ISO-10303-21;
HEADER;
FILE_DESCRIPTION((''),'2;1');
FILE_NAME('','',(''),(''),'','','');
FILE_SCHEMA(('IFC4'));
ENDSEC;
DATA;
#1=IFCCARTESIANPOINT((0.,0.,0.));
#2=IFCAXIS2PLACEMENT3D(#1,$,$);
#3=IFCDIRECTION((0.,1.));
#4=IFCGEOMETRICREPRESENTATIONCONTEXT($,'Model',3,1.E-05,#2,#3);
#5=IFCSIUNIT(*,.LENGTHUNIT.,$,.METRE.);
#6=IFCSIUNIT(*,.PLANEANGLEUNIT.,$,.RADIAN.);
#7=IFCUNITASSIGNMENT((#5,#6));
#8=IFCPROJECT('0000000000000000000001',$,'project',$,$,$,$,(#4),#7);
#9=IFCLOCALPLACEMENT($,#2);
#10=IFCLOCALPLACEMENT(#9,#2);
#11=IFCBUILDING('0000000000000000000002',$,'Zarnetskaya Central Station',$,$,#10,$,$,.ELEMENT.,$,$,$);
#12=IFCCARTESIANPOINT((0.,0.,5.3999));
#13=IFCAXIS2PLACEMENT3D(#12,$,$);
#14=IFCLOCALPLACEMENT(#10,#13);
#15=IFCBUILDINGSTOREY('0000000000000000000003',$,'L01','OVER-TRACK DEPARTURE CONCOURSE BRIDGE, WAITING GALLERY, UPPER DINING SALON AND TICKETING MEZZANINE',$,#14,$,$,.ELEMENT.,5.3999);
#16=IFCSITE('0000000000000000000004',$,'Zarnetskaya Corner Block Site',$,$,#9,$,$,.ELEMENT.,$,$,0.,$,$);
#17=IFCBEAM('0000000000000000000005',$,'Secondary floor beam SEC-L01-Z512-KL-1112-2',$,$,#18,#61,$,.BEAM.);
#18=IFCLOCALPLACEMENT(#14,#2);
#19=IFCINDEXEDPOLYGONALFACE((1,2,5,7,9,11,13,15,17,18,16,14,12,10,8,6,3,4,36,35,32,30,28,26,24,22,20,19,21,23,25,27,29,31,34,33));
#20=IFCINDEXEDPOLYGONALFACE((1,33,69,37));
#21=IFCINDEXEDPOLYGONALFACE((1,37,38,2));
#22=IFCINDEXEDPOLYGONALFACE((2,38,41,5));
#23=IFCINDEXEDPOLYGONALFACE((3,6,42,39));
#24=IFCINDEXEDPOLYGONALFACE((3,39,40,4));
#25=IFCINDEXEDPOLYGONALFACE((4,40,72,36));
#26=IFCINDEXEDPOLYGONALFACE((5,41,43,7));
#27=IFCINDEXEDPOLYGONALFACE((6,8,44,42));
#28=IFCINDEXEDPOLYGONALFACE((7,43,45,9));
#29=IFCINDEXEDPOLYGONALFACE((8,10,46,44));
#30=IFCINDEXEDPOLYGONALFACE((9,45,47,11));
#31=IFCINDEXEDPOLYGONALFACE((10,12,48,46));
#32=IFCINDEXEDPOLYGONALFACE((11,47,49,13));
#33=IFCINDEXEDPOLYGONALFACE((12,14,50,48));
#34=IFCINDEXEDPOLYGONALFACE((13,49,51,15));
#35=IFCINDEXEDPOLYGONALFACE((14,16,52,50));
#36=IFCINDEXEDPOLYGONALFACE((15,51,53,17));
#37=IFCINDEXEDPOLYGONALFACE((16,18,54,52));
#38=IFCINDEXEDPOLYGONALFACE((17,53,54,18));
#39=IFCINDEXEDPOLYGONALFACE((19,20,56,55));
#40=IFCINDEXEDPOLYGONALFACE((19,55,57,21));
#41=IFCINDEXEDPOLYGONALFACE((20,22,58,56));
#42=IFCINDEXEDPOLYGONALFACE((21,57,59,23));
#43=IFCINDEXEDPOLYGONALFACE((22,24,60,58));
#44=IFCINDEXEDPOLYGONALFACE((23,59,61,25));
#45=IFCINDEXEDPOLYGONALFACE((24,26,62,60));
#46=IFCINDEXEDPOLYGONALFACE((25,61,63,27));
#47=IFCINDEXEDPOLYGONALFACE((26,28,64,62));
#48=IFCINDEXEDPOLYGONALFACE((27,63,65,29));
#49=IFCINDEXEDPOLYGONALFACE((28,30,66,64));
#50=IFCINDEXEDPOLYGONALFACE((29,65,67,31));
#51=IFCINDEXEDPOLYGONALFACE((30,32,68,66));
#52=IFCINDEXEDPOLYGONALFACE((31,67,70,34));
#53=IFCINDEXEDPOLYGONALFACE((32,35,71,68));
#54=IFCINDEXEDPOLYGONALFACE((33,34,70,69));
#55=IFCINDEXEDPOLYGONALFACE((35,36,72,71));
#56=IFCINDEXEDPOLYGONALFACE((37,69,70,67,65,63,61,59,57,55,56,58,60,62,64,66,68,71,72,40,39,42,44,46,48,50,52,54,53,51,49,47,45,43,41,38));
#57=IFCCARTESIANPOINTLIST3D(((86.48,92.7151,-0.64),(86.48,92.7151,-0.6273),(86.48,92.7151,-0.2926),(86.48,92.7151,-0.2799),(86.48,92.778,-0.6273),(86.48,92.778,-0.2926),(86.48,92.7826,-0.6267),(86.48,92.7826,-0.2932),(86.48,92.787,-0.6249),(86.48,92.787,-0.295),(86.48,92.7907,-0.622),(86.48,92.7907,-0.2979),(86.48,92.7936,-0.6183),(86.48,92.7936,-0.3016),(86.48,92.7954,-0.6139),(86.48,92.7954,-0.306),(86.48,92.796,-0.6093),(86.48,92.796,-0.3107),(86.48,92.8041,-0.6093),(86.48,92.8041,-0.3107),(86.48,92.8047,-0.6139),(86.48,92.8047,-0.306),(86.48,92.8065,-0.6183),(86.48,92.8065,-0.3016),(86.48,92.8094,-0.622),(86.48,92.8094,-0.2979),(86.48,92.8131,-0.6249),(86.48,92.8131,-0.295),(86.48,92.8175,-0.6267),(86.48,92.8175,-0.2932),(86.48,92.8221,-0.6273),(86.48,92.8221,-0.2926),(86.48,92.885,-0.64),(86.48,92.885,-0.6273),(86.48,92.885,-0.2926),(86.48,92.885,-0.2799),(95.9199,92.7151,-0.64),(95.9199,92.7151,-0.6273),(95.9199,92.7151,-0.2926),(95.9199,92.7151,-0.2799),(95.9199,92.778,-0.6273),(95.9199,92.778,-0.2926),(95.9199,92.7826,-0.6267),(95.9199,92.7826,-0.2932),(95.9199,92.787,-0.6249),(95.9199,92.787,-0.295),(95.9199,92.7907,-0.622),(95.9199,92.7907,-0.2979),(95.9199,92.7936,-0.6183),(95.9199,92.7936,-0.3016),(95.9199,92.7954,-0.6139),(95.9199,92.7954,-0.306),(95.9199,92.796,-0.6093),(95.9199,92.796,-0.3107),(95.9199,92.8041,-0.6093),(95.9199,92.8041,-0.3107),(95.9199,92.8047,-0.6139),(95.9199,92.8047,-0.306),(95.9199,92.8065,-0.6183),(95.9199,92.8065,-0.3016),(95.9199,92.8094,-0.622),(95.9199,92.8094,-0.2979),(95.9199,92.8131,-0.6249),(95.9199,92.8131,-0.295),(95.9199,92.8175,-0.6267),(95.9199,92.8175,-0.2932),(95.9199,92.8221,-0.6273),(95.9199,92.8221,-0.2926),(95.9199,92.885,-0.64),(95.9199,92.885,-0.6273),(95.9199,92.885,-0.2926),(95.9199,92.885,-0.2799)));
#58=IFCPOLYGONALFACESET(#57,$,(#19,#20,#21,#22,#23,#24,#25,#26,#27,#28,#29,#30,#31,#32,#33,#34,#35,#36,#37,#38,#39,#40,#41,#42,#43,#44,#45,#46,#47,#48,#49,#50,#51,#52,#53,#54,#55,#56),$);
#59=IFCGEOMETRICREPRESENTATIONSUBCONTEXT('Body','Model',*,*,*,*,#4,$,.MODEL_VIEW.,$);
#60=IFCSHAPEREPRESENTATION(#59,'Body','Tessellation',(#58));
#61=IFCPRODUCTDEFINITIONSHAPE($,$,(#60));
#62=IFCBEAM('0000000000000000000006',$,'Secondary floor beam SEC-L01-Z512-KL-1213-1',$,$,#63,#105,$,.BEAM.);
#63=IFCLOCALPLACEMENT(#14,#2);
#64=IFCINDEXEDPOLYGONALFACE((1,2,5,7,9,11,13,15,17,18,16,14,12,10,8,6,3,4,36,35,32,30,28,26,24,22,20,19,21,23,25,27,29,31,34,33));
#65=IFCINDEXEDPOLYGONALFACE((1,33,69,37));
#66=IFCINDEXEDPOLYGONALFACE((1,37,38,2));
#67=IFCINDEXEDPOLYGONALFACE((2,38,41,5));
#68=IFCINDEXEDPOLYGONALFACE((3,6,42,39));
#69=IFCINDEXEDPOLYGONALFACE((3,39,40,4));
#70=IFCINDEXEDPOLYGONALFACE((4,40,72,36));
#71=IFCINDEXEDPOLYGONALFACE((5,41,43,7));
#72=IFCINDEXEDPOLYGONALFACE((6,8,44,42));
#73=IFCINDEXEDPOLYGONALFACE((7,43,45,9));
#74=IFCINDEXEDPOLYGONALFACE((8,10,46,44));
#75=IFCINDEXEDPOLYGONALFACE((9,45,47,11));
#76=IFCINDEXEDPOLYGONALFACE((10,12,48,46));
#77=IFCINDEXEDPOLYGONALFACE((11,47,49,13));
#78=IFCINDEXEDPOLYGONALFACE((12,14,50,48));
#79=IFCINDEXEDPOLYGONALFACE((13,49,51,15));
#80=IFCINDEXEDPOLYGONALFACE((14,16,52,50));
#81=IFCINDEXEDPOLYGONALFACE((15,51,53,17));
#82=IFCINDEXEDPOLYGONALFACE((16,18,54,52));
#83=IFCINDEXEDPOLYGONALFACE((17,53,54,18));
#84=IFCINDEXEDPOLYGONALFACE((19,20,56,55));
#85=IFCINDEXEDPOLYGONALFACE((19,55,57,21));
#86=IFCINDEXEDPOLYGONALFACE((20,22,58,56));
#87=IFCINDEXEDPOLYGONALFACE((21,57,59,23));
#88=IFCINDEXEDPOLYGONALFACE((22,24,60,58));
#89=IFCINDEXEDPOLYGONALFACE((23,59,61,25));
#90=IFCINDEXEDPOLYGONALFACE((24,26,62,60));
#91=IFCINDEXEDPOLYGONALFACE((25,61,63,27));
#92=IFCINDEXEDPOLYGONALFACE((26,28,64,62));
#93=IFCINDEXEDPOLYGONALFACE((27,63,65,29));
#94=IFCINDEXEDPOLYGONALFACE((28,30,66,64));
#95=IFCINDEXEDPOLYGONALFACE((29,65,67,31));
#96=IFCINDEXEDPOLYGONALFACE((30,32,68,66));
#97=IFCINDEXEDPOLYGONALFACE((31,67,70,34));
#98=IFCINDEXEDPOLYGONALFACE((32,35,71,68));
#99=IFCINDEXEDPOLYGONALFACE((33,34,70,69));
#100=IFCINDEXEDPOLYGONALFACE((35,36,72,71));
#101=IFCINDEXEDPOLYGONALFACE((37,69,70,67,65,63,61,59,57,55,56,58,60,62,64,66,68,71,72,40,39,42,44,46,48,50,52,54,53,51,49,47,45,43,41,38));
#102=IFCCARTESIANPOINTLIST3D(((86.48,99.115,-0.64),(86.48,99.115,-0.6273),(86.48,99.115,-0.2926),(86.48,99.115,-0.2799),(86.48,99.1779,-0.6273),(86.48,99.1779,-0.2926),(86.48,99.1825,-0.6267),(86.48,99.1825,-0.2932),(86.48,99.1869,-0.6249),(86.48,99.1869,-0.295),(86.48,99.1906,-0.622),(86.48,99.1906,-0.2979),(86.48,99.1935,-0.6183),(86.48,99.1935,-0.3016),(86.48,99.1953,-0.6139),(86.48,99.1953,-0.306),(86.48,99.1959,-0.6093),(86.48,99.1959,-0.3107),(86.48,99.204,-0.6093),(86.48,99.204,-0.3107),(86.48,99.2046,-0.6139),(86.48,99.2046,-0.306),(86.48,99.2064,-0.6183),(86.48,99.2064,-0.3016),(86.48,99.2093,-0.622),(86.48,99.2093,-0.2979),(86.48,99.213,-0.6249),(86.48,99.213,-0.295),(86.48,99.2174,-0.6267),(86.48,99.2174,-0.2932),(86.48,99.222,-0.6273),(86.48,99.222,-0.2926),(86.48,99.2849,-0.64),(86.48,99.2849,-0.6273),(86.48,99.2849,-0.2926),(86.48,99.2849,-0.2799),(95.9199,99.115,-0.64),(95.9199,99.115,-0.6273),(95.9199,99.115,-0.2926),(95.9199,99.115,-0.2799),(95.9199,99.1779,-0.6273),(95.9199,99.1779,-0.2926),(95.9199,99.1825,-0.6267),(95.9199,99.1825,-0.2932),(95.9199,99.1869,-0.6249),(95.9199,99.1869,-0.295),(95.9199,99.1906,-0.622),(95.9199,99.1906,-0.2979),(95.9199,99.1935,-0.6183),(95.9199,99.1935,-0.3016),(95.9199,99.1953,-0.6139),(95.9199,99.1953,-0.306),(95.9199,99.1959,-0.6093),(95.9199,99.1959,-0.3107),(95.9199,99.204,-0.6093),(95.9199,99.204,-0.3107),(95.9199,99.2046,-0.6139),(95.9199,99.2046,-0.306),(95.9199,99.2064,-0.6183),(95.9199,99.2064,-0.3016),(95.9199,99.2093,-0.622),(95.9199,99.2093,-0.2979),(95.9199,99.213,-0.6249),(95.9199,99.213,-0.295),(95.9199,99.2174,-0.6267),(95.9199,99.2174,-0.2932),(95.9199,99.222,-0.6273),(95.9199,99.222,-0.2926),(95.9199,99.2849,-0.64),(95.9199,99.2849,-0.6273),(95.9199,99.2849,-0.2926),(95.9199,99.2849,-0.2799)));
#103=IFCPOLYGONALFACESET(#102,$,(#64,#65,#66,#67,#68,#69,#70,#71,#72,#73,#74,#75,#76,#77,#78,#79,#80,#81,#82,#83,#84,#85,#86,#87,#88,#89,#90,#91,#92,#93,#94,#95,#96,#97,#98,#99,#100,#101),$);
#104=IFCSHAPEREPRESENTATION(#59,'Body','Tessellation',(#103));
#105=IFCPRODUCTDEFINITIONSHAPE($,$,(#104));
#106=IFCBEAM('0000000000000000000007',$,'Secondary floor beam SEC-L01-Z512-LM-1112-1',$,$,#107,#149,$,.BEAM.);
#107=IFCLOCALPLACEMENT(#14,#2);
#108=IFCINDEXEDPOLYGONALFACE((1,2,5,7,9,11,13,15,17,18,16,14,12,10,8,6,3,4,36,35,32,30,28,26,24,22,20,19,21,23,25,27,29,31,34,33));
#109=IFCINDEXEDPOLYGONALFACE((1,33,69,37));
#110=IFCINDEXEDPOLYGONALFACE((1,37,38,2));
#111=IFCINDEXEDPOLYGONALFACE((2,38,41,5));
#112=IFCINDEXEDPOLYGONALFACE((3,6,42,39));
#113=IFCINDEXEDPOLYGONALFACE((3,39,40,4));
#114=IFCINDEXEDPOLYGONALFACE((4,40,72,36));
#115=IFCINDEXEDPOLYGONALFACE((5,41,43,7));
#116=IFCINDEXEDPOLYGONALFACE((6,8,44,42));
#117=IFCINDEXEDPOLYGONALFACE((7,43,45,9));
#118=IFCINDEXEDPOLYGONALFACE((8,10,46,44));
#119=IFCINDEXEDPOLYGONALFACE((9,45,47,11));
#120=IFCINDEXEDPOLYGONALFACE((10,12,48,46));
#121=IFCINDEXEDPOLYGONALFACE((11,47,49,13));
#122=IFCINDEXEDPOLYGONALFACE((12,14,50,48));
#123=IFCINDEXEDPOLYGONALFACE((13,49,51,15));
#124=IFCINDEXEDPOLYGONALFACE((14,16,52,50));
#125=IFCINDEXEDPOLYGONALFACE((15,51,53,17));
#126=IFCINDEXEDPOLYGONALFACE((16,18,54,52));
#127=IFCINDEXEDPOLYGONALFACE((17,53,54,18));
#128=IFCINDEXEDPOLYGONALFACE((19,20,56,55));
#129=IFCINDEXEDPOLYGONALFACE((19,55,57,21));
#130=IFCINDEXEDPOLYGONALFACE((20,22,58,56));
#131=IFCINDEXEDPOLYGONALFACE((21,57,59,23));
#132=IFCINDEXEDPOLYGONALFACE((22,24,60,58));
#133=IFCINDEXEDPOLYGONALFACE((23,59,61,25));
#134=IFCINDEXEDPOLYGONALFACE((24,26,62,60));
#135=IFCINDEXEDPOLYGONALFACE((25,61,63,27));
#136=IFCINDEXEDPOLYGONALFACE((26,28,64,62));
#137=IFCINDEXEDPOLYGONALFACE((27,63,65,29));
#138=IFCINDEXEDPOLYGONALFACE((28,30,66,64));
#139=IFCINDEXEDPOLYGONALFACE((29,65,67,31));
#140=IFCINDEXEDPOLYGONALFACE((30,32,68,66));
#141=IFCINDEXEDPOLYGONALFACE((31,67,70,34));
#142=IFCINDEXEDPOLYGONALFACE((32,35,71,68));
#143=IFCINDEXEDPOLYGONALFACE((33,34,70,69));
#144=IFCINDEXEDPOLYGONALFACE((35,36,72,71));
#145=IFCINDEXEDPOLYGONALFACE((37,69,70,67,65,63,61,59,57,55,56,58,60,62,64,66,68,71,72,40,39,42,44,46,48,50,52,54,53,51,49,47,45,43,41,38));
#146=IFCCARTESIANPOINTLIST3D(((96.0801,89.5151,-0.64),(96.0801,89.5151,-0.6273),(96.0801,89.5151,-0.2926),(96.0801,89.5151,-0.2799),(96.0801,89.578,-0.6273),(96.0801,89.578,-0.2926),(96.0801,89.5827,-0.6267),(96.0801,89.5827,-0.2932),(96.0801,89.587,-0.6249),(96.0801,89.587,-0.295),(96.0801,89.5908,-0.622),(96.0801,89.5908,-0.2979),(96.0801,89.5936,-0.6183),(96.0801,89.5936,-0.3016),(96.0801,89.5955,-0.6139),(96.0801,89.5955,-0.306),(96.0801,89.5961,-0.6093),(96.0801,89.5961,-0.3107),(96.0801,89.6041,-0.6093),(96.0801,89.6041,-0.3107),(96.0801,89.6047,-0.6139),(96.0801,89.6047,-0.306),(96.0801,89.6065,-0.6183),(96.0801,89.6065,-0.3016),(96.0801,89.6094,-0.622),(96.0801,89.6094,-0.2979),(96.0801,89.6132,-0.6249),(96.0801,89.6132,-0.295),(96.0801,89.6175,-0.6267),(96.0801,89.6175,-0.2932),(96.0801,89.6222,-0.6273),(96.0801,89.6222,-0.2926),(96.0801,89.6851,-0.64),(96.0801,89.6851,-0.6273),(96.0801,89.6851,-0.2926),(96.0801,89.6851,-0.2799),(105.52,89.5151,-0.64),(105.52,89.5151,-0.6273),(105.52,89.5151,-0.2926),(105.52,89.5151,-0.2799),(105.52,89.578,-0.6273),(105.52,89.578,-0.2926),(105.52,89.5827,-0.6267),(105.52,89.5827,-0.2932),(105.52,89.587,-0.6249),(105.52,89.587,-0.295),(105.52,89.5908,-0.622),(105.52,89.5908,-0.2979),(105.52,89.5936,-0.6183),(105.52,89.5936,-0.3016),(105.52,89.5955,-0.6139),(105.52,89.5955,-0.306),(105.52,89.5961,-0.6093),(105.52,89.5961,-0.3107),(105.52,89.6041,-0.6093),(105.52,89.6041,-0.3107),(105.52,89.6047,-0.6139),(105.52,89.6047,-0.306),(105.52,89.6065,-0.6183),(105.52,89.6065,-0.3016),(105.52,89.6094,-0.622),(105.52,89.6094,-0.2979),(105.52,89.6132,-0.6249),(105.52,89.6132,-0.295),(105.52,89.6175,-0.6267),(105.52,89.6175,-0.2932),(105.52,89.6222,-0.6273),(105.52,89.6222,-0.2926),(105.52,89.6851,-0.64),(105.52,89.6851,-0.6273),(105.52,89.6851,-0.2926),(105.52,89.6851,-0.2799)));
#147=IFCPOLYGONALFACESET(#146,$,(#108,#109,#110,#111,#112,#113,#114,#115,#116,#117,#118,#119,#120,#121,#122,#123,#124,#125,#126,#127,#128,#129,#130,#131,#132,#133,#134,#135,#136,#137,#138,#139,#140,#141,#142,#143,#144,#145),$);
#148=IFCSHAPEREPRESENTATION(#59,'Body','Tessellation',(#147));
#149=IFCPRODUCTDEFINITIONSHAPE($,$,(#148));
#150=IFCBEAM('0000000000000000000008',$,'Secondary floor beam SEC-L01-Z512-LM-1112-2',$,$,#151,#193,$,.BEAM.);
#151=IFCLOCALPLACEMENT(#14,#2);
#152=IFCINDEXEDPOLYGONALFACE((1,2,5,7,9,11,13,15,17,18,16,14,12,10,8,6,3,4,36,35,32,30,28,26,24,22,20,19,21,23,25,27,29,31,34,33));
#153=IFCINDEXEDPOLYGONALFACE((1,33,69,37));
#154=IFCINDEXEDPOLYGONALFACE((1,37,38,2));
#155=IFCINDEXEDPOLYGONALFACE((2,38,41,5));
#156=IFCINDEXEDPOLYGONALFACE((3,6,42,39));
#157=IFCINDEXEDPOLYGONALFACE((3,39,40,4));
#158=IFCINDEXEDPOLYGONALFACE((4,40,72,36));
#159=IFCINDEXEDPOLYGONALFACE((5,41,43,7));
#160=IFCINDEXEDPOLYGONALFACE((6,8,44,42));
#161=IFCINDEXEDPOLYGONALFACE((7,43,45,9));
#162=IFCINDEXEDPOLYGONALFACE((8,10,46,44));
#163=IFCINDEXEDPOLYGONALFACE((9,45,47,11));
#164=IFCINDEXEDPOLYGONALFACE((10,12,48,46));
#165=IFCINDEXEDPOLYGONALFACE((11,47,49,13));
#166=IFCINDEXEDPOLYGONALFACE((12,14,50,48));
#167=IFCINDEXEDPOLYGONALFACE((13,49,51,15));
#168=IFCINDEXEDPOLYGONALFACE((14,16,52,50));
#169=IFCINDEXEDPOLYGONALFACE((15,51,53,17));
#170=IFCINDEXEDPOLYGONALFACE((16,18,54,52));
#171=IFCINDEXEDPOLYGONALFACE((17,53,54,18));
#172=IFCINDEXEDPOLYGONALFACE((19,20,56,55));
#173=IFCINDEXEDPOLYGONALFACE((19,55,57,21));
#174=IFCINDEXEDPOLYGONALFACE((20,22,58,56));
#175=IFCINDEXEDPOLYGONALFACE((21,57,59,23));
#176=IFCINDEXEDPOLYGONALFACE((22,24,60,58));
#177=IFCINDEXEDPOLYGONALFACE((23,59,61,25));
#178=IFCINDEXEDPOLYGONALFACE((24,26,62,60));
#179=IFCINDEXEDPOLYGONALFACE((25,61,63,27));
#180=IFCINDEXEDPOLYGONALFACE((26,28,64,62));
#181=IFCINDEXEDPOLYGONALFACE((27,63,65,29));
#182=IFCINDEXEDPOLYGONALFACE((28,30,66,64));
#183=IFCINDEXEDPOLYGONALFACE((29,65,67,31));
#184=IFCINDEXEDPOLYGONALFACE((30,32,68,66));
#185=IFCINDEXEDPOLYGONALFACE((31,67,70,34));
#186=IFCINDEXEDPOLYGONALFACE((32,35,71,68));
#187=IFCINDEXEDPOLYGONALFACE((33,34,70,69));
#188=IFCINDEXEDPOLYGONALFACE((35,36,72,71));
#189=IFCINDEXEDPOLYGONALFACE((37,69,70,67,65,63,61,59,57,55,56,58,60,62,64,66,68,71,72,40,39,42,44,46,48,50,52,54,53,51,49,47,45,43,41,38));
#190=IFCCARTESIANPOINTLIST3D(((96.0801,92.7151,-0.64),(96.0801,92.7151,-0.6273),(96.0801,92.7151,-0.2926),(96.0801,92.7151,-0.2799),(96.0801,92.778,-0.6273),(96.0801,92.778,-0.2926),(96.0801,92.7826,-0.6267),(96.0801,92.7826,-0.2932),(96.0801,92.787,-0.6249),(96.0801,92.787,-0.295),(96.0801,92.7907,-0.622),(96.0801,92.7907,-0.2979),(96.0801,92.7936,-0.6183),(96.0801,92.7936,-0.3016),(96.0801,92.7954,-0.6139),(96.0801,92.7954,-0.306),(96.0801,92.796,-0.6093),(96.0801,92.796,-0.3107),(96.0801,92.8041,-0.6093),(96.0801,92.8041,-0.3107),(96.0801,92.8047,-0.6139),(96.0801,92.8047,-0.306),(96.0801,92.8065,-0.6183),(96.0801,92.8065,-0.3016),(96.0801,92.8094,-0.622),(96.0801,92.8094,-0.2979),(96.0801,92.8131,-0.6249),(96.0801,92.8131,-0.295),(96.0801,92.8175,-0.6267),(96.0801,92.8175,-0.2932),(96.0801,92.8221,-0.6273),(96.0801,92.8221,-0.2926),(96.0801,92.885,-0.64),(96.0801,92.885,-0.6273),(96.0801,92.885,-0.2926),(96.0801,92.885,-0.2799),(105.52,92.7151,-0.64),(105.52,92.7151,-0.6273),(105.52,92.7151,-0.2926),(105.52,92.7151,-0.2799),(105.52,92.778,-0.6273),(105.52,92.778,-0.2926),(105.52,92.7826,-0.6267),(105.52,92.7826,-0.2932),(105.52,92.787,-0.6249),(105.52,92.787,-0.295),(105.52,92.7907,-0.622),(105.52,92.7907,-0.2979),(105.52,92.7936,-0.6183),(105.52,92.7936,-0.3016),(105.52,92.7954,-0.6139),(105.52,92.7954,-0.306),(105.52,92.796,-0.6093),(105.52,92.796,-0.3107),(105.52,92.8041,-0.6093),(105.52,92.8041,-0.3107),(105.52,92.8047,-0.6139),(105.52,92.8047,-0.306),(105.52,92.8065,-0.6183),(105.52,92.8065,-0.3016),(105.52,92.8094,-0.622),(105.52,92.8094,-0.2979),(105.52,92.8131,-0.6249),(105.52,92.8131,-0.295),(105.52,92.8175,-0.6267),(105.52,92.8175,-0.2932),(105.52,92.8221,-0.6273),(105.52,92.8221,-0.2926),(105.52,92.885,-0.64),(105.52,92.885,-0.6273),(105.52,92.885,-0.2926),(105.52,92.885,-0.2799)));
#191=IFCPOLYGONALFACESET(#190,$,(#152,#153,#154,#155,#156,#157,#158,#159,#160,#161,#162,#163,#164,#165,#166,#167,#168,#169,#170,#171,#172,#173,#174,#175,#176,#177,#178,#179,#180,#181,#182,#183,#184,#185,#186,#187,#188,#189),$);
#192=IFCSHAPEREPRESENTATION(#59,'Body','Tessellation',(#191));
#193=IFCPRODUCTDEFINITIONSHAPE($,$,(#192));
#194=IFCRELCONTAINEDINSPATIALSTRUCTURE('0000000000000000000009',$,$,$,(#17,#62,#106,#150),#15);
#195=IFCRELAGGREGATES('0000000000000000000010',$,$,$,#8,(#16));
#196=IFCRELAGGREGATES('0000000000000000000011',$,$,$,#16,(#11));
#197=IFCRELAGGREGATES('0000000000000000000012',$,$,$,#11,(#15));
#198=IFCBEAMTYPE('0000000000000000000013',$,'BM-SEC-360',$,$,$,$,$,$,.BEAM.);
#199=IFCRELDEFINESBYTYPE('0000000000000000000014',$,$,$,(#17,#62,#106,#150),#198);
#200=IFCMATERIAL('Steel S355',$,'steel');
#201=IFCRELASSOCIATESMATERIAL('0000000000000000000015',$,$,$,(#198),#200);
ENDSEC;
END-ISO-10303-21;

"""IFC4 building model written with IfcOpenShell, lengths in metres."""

from ifc_helpers import new_model, si_unit, direction, frame, origin, origin_2d, place, context, subcontext, project, spatial, i_section, extrude, material, material_profile, profile_set, type_object, element, save


model = new_model("IFC4")

# Units and contexts
model_context = context("Model", 3, precision=1e-05, world=origin(), true_north=direction((0.0, 1.0)))
body_context = subcontext(model_context, "Body", "Model", "MODEL_VIEW")
ifc_project = project(units=[si_unit("LENGTHUNIT", "METRE"), si_unit("PLANEANGLEUNIT", "RADIAN")], contexts=[model_context])

# Site, building, storey
site_placement = place(None, origin())
site = spatial("IfcSite", under=ifc_project, at=site_placement, Name="Zarnetskaya Corner Block Site", CompositionType="ELEMENT", RefElevation=0.0)
building_placement = place(site_placement, origin())
building = spatial("IfcBuilding", under=site, at=building_placement, Name="Zarnetskaya Central Station", CompositionType="ELEMENT")
storey_placement = place(building_placement, frame((0.0, 0.0, 5.3999)))
storey = spatial("IfcBuildingStorey", under=building, at=storey_placement, Name="L01", Description="OVER-TRACK DEPARTURE CONCOURSE BRIDGE, WAITING GALLERY, UPPER DINING SALON AND TICKETING MEZZANINE", CompositionType="ELEMENT", Elevation=5.3999)

# Shared definitions
ifc_material_1 = material(Name="Steel S355", Category="steel")

# Beams
ifc_material_profile_1 = material_profile(ifc_material_1, i_section(OverallWidth=0.1699, OverallDepth=0.3601, WebThickness=0.0081, FlangeThickness=0.0127, FilletRadius=0.0181, at=origin_2d()), Name="IPE 360")
ifc_profile_set_1 = profile_set([ifc_material_profile_1], Name="Steel S355")
beam_type_1 = type_object("IfcBeamType", Name="BM-SEC-360", PredefinedType="BEAM", material=ifc_profile_set_1)
for number, where, z_axis, x_axis, name in (
    (1, (86.48, 92.8, -0.46), (1.0, 0.0, 0.0), (0.0, 1.0, 0.0), "Secondary floor beam SEC-L01-Z512-KL-1112-2"),
    (2, (86.48, 99.2, -0.46), (1.0, 0.0, 0.0), (0.0, 1.0, 0.0), "Secondary floor beam SEC-L01-Z512-KL-1213-1"),
    (3, (96.0801, 89.6001, -0.46), (1.0, 0.0, 0.0), (0.0, 1.0, 0.0), "Secondary floor beam SEC-L01-Z512-LM-1112-1"),
    (4, (96.0801, 92.8, -0.46), (1.0, 0.0, 0.0), (0.0, 1.0, 0.0), "Secondary floor beam SEC-L01-Z512-LM-1112-2"),
):
    element("IfcBeam", number, at=place(storey_placement, frame(where, z_axis=z_axis, x_axis=x_axis)), inside=storey, type_object=beam_type_1, Name=name, PredefinedType="BEAM", context=body_context, shape_type="SweptSolid", body=[
        extrude(i_section(OverallWidth=0.1699, OverallDepth=0.3601, WebThickness=0.0081, FlangeThickness=0.0127, FilletRadius=0.0181, at=origin_2d()), origin(), (0.0, 0.0, 1.0), 9.4399),
    ])

save(model, "model.ifc")
